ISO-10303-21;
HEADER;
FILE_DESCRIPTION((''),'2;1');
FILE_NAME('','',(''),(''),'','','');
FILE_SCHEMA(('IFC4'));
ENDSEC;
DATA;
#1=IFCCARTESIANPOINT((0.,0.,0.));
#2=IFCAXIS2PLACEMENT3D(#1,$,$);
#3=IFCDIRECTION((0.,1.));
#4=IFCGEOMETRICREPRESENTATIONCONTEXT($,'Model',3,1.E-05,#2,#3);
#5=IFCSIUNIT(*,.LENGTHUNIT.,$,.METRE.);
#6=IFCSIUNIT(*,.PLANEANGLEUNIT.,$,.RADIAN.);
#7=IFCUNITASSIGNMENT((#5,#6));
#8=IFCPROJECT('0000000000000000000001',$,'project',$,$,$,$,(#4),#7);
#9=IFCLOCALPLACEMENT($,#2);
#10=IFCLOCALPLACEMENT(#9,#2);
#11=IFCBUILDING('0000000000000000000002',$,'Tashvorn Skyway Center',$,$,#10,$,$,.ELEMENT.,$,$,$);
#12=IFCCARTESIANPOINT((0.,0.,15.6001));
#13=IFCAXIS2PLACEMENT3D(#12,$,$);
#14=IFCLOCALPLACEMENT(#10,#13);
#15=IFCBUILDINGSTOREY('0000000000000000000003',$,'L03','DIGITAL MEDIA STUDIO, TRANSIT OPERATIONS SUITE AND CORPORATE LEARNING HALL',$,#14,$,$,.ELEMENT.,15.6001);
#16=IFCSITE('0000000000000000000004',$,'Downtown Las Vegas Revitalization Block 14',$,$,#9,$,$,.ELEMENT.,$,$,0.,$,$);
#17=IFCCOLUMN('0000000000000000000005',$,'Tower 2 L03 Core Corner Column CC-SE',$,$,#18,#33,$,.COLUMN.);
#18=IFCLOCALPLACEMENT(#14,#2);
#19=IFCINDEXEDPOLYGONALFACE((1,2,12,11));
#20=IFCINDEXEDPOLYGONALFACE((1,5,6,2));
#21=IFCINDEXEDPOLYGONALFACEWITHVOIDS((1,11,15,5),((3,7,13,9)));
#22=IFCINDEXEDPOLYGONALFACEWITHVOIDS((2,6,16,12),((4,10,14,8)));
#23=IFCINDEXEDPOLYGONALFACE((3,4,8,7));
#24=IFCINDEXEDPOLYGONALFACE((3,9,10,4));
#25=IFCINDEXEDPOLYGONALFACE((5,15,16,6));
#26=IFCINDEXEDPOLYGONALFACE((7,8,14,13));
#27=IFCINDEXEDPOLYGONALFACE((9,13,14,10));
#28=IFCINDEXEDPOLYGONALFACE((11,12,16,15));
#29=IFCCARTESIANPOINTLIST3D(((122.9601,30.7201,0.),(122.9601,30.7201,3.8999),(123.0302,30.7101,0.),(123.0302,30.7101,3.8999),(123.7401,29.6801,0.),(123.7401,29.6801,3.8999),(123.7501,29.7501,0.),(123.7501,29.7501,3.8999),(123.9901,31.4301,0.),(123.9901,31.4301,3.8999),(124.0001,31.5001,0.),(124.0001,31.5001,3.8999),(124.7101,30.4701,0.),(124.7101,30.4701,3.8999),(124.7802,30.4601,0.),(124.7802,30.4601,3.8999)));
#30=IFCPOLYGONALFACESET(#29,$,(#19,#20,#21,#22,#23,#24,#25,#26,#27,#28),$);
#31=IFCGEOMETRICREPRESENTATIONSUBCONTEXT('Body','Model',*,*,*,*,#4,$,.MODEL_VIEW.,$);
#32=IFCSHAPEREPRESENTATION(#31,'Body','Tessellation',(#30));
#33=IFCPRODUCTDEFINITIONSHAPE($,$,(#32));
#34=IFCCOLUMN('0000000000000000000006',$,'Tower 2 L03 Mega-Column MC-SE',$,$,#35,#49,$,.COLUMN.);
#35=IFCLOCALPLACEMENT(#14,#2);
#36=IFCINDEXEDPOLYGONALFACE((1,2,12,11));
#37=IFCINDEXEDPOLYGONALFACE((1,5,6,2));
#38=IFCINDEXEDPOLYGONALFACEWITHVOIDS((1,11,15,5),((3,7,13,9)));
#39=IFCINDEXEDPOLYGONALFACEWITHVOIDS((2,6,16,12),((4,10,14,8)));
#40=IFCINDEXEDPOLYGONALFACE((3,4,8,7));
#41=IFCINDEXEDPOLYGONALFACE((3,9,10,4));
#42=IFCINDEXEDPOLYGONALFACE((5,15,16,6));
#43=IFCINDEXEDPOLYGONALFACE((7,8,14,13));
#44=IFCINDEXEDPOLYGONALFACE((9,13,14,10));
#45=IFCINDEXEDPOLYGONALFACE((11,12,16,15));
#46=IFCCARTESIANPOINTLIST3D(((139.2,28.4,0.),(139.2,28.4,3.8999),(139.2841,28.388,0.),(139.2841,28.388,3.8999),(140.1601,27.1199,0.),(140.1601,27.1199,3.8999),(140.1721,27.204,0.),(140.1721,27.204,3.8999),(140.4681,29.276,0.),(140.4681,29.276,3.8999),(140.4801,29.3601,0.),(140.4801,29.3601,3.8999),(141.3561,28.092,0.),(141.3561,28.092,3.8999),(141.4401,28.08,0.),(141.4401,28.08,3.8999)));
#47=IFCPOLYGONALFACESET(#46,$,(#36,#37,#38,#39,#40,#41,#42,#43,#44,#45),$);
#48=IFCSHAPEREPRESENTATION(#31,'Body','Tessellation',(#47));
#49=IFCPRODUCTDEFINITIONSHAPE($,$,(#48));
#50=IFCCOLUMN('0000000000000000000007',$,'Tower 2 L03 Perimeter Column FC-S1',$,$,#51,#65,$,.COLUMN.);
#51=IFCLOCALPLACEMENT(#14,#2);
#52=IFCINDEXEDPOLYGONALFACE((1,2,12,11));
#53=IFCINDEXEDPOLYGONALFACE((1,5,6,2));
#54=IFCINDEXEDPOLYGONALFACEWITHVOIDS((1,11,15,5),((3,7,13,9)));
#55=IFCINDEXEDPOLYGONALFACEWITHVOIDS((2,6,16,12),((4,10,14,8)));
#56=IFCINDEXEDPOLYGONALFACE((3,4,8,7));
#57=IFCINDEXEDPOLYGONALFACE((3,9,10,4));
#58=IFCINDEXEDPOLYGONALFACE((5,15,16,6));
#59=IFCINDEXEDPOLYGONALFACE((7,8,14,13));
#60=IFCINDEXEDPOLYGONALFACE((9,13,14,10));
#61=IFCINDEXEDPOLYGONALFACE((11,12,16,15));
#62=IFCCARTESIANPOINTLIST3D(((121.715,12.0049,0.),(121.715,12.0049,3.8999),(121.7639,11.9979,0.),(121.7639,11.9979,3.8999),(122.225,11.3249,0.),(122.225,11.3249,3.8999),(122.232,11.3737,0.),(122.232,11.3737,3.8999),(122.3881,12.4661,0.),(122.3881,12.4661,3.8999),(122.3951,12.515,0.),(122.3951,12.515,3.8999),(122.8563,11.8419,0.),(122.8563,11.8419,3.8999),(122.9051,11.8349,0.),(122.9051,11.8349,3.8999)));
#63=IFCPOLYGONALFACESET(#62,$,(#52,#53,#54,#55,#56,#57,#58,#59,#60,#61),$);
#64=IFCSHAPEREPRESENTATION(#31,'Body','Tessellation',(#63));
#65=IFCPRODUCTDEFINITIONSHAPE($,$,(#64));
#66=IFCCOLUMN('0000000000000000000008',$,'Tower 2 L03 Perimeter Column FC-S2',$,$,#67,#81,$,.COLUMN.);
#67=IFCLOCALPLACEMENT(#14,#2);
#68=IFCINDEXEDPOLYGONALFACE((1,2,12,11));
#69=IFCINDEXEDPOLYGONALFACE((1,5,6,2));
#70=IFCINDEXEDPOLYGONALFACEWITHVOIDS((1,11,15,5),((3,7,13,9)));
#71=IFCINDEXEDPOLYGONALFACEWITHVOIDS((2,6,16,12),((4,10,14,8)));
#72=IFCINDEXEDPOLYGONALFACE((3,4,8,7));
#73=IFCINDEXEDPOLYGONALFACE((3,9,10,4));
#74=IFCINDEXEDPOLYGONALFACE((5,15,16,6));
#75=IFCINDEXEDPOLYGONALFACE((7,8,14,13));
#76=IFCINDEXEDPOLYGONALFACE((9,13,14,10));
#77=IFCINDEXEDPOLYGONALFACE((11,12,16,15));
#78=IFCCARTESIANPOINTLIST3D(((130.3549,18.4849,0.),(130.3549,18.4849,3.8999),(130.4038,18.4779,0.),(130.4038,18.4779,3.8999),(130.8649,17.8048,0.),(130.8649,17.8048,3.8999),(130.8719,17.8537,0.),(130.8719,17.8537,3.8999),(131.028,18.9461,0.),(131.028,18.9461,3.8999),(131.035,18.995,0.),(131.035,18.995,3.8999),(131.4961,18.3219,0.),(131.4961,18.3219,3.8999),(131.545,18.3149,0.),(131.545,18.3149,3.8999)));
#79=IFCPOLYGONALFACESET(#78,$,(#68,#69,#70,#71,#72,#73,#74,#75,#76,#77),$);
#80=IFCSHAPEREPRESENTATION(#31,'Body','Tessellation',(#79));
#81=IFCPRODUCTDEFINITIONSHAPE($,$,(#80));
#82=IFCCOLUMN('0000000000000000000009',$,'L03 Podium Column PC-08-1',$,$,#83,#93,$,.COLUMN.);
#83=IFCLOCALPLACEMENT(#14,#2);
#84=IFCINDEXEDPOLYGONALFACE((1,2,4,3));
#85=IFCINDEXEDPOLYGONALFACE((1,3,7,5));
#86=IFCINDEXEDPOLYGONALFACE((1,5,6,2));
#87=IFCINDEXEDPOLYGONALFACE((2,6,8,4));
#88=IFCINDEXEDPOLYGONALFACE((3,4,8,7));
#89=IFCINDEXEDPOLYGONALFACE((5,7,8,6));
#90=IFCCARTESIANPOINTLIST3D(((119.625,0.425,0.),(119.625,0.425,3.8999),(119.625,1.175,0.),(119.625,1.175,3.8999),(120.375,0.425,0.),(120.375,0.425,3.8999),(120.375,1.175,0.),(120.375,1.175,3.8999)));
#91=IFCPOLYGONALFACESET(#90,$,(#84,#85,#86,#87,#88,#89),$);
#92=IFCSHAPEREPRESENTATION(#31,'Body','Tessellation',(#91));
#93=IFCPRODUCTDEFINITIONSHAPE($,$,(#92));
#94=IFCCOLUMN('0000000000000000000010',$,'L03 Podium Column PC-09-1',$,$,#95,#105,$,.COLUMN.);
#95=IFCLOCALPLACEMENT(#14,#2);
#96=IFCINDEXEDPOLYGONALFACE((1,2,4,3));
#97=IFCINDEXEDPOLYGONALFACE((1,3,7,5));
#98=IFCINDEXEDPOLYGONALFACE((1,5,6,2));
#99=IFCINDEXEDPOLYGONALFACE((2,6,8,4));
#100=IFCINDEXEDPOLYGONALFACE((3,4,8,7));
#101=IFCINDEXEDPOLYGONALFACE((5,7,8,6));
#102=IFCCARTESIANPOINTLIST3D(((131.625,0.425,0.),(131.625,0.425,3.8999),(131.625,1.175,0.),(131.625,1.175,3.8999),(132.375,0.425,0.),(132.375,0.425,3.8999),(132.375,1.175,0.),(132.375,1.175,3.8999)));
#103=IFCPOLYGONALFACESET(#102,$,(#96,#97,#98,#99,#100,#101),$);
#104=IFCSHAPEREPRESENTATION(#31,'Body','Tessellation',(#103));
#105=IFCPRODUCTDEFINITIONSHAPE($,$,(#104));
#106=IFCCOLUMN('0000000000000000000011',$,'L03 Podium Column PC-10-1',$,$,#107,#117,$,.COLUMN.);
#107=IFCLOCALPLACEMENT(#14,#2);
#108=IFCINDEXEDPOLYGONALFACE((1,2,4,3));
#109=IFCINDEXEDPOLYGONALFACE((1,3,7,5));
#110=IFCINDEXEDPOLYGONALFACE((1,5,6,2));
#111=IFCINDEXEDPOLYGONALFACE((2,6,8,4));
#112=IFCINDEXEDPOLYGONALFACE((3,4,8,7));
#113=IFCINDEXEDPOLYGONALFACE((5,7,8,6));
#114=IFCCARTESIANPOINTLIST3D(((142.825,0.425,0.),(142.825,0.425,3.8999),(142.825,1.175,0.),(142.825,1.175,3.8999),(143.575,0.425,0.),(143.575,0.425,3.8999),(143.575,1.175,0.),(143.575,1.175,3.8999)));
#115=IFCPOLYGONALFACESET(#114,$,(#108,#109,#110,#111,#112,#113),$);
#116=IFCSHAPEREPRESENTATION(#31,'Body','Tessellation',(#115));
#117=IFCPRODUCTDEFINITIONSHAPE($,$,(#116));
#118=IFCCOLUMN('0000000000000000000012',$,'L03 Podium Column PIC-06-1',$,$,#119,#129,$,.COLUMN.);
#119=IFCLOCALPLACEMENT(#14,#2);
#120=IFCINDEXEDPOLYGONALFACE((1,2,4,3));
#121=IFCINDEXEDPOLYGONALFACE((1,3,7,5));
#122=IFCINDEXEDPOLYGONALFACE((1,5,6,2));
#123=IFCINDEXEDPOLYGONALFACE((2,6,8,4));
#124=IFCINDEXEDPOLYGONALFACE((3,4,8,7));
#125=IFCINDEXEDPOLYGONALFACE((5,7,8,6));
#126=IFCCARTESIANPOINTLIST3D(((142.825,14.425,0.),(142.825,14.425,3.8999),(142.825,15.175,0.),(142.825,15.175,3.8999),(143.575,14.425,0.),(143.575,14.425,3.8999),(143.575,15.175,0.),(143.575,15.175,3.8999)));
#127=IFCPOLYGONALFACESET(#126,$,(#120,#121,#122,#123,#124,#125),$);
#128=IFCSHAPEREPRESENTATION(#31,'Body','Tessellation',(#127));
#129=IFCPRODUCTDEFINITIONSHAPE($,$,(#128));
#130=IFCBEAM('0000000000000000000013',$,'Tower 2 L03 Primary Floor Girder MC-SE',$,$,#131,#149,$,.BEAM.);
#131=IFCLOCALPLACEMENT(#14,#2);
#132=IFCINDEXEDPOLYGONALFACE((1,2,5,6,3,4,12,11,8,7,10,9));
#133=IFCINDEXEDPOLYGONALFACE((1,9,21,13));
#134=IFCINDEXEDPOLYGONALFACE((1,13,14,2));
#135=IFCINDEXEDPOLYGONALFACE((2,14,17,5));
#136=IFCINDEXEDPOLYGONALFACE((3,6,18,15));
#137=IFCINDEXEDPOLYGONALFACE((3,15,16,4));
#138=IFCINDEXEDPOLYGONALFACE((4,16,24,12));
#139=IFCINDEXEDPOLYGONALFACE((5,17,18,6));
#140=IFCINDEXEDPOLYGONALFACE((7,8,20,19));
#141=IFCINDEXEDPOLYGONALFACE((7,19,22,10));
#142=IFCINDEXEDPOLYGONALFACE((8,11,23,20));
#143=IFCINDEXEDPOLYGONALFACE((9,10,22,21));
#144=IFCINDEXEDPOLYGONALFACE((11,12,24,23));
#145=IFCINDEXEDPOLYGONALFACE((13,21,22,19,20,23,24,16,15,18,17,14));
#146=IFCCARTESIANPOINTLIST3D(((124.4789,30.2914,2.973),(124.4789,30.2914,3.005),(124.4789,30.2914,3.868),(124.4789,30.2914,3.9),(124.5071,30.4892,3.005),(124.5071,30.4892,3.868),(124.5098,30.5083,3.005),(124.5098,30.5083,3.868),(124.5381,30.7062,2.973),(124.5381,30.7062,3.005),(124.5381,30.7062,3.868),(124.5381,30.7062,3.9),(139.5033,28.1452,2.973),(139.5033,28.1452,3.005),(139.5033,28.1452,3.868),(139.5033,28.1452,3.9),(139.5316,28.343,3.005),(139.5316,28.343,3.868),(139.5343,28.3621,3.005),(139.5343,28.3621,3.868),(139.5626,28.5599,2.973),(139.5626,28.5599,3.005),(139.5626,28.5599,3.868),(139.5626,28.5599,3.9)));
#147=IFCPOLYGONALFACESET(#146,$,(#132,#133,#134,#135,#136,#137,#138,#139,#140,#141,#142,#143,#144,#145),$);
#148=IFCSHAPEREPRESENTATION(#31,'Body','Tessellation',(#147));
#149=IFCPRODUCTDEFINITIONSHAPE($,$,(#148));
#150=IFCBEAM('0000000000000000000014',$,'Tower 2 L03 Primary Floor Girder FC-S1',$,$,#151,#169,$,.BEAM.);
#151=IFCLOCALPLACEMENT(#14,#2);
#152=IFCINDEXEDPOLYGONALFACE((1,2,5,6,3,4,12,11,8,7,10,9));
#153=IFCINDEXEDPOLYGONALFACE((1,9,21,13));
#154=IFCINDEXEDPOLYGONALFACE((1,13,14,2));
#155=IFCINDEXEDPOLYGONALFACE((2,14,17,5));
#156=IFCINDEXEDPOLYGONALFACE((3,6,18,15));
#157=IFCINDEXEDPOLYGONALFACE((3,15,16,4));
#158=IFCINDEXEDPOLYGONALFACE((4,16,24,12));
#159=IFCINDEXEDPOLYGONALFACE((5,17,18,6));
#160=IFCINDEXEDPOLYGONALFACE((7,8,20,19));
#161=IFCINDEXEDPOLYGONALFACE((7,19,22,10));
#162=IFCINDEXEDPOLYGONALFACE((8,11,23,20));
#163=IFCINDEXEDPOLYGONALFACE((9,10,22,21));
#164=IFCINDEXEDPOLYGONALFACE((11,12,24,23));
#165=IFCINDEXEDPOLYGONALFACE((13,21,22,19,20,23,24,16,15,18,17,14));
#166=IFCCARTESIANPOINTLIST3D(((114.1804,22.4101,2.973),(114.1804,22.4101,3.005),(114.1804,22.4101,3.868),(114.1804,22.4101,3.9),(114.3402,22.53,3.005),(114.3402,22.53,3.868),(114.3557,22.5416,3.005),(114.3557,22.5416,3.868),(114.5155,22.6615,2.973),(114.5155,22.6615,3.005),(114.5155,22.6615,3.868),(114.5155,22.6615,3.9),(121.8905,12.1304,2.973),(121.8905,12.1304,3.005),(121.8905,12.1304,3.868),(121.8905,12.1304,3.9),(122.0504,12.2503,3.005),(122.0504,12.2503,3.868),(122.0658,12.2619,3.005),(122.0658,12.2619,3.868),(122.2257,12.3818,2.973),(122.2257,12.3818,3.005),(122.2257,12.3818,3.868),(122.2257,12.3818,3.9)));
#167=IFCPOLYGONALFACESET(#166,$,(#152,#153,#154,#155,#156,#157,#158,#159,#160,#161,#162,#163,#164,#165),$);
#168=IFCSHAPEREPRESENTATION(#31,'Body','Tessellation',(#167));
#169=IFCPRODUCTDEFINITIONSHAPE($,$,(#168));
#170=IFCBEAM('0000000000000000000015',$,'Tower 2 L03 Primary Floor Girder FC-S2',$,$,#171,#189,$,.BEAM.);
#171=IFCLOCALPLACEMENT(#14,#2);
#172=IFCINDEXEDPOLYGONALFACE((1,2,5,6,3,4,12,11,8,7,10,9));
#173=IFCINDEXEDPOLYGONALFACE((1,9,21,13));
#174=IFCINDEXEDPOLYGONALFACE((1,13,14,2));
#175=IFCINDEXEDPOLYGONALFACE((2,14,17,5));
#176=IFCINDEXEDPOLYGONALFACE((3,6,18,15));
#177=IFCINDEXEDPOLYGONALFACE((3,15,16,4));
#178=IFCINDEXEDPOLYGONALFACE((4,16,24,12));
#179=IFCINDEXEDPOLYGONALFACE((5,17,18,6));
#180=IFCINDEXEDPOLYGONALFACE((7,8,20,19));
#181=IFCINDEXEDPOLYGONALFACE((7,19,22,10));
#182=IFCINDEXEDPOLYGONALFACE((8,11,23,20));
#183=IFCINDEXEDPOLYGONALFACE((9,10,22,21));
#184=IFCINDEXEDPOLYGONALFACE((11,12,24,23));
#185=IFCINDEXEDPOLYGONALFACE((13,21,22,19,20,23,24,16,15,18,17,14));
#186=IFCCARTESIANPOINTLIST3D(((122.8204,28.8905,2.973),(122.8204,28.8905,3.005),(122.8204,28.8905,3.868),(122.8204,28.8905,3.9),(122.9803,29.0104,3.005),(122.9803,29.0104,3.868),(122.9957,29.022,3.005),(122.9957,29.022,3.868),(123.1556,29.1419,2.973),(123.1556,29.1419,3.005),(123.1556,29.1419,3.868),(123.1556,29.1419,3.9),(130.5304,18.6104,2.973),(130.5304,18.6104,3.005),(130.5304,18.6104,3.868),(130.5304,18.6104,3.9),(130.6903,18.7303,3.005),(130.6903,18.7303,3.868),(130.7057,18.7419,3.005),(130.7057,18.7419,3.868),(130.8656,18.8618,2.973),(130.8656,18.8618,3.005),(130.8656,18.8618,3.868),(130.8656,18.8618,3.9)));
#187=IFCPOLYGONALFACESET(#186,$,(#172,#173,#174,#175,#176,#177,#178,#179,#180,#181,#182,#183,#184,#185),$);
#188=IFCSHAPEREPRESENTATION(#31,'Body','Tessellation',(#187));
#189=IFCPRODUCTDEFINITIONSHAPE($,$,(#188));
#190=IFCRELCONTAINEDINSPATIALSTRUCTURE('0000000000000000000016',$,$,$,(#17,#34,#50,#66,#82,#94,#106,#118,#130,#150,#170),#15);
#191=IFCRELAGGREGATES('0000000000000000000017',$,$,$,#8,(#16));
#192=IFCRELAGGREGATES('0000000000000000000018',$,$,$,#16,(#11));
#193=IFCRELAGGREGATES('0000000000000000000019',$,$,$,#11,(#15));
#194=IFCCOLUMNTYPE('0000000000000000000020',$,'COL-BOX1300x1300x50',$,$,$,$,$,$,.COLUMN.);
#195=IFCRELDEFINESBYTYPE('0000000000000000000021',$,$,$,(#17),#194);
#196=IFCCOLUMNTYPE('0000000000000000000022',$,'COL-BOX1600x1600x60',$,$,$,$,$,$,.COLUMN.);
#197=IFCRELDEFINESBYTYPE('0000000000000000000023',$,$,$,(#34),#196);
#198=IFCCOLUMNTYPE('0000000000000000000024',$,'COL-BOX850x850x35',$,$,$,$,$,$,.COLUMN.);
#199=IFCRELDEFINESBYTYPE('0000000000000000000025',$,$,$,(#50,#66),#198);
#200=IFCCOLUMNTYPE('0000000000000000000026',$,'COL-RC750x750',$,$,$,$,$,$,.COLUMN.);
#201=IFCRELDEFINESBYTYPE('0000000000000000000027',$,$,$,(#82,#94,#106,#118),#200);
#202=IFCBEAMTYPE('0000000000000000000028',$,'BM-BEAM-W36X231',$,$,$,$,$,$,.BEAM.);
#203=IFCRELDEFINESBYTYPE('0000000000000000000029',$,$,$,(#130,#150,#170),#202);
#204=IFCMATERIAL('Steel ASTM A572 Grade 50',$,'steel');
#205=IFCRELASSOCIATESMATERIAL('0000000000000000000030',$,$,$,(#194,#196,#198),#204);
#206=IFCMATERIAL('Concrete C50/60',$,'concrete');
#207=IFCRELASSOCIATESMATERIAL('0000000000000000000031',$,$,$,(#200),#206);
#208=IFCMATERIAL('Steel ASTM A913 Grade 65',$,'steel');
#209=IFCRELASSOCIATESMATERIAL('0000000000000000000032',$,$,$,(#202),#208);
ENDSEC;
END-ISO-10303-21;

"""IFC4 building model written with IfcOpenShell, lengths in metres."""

from ifc_helpers import new_model, si_unit, direction, frame, origin, origin_2d, place, context, subcontext, project, spatial, rectangle, hollow_rectangle, i_section, extrude, material, material_profile, profile_set, type_object, element, save


model = new_model("IFC4")

# Units and contexts
model_context = context("Model", 3, precision=1e-05, world=origin(), true_north=direction((0.0, 1.0)))
body_context = subcontext(model_context, "Body", "Model", "MODEL_VIEW")
ifc_project = project(units=[si_unit("LENGTHUNIT", "METRE"), si_unit("PLANEANGLEUNIT", "RADIAN")], contexts=[model_context])

# Site, building, storey
site_placement = place(None, origin())
site = spatial("IfcSite", under=ifc_project, at=site_placement, Name="Downtown Las Vegas Revitalization Block 14", CompositionType="ELEMENT", RefElevation=0.0)
building_placement = place(site_placement, origin())
building = spatial("IfcBuilding", under=site, at=building_placement, Name="Tashvorn Skyway Center", CompositionType="ELEMENT")
storey_placement = place(building_placement, frame((0.0, 0.0, 15.6001)))
storey = spatial("IfcBuildingStorey", under=building, at=storey_placement, Name="L03", Description="DIGITAL MEDIA STUDIO, TRANSIT OPERATIONS SUITE AND CORPORATE LEARNING HALL", CompositionType="ELEMENT", Elevation=15.6001)

# Columns
ifc_material_1 = material(Name="Steel ASTM A572 Grade 50", Category="steel")
ifc_material_profile_1 = material_profile(ifc_material_1, hollow_rectangle(XDim=1.3, YDim=1.3, WallThickness=0.05, at=origin_2d()), Name="BOX1300x1300x50")
ifc_profile_set_1 = profile_set([ifc_material_profile_1], Name="Steel ASTM A572 Grade 50")
column_type_1 = type_object("IfcColumnType", Name="COL-BOX1300x1300x50", PredefinedType="COLUMN", material=ifc_profile_set_1)
column_1_placement = place(storey_placement, frame((123.8701, 30.5901, 0.0), z_axis=(0.0, 0.0, 1.0), x_axis=(0.8, 0.6, 0.0)))
element("IfcColumn", 1, at=column_1_placement, inside=storey, type_object=column_type_1, Name="Tower 2 L03 Core Corner Column CC-SE", PredefinedType="COLUMN", context=body_context, shape_type="SweptSolid", body=[
    extrude(hollow_rectangle(XDim=1.3, YDim=1.3, WallThickness=0.05, at=origin_2d()), origin(), (0.0, 0.0, 1.0), 3.8999),
])
ifc_material_profile_2 = material_profile(ifc_material_1, hollow_rectangle(XDim=1.6001, YDim=1.6001, WallThickness=0.0601, at=origin_2d()), Name="BOX1600x1600x60")
ifc_profile_set_2 = profile_set([ifc_material_profile_2], Name="Steel ASTM A572 Grade 50")
column_type_2 = type_object("IfcColumnType", Name="COL-BOX1600x1600x60", PredefinedType="COLUMN", material=ifc_profile_set_2)
column_2_placement = place(storey_placement, frame((140.3201, 28.24, 0.0), z_axis=(0.0, 0.0, 1.0), x_axis=(0.8, 0.6, 0.0)))
element("IfcColumn", 2, at=column_2_placement, inside=storey, type_object=column_type_2, Name="Tower 2 L03 Mega-Column MC-SE", PredefinedType="COLUMN", context=body_context, shape_type="SweptSolid", body=[
    extrude(hollow_rectangle(XDim=1.6001, YDim=1.6001, WallThickness=0.0601, at=origin_2d()), origin(), (0.0, 0.0, 1.0), 3.8999),
])
ifc_material_profile_3 = material_profile(ifc_material_1, hollow_rectangle(XDim=0.8501, YDim=0.8501, WallThickness=0.0349, at=origin_2d()), Name="BOX850x850x35")
ifc_profile_set_3 = profile_set([ifc_material_profile_3], Name="Steel ASTM A572 Grade 50")
column_type_3 = type_object("IfcColumnType", Name="COL-BOX850x850x35", PredefinedType="COLUMN", material=ifc_profile_set_3)
for number, where, z_axis, x_axis, name in (
    (3, (122.3101, 11.9199, 0.0), (0.0, 0.0, 1.0), (0.8, 0.6, 0.0), "Tower 2 L03 Perimeter Column FC-S1"),
    (4, (130.95, 18.3999, 0.0), (0.0, 0.0, 1.0), (0.8, 0.6, 0.0), "Tower 2 L03 Perimeter Column FC-S2"),
):
    element("IfcColumn", number, at=place(storey_placement, frame(where, z_axis=z_axis, x_axis=x_axis)), inside=storey, type_object=column_type_3, Name=name, PredefinedType="COLUMN", context=body_context, shape_type="SweptSolid", body=[
        extrude(hollow_rectangle(XDim=0.8501, YDim=0.8501, WallThickness=0.0349, at=origin_2d()), origin(), (0.0, 0.0, 1.0), 3.8999),
    ])
ifc_material_2 = material(Name="Concrete C50/60", Category="concrete")
ifc_material_profile_4 = material_profile(ifc_material_2, rectangle(XDim=0.75, YDim=0.75, at=origin_2d()), Name="RC750x750")
ifc_profile_set_4 = profile_set([ifc_material_profile_4], Name="Concrete C50/60")
column_type_4 = type_object("IfcColumnType", Name="COL-RC750x750", PredefinedType="COLUMN", material=ifc_profile_set_4)
for number, where, z_axis, x_axis, name in (
    (5, (120.0, 0.8, 0.0), (0.0, 0.0, 1.0), (1.0, 0.0, 0.0), "L03 Podium Column PC-08-1"),
    (6, (132.0, 0.8, 0.0), (0.0, 0.0, 1.0), (1.0, 0.0, 0.0), "L03 Podium Column PC-09-1"),
    (7, (143.2, 0.8, 0.0), (0.0, 0.0, 1.0), (1.0, 0.0, 0.0), "L03 Podium Column PC-10-1"),
    (8, (143.2, 14.8, 0.0), (0.0, 0.0, 1.0), (1.0, 0.0, 0.0), "L03 Podium Column PIC-06-1"),
):
    element("IfcColumn", number, at=place(storey_placement, frame(where, z_axis=z_axis, x_axis=x_axis)), inside=storey, type_object=column_type_4, Name=name, PredefinedType="COLUMN", context=body_context, shape_type="SweptSolid", body=[
        extrude(rectangle(XDim=0.75, YDim=0.75, at=origin_2d()), origin(), (0.0, 0.0, 1.0), 3.8999),
    ])

# Beams
ifc_material_3 = material(Name="Steel ASTM A913 Grade 65", Category="steel")
ifc_material_profile_5 = material_profile(ifc_material_3, i_section(OverallWidth=0.4189, OverallDepth=0.927, WebThickness=0.0193, FlangeThickness=0.032, at=origin_2d()), Name="W36X231")
ifc_profile_set_5 = profile_set([ifc_material_profile_5], Name="Steel ASTM A913 Grade 65")
beam_type_1 = type_object("IfcBeamType", Name="BM-BEAM-W36X231", PredefinedType="BEAM", material=ifc_profile_set_5)
beam_1_placement = place(storey_placement, frame((139.533, 28.3525, 3.4365), z_axis=(-0.98995, 0.141415, 0.0), x_axis=(-0.141415, -0.98995, 0.0)))
element("IfcBeam", 9, at=beam_1_placement, inside=storey, type_object=beam_type_1, Name="Tower 2 L03 Primary Floor Girder MC-SE", PredefinedType="BEAM", context=body_context, shape_type="SweptSolid", body=[
    extrude(i_section(OverallWidth=0.4189, OverallDepth=0.927, WebThickness=0.0193, FlangeThickness=0.032, at=origin_2d()), origin(), (0.0, 0.0, 1.0), 15.177),
])
beam_2_placement = place(storey_placement, frame((122.0581, 12.2561, 3.4365), z_axis=(-0.600018, 0.799986, 0.0), x_axis=(-0.799986, -0.600018, 0.0)))
element("IfcBeam", 10, at=beam_2_placement, inside=storey, type_object=beam_type_1, Name="Tower 2 L03 Primary Floor Girder FC-S1", PredefinedType="BEAM", context=body_context, shape_type="SweptSolid", body=[
    extrude(i_section(OverallWidth=0.4189, OverallDepth=0.927, WebThickness=0.0193, FlangeThickness=0.032, at=origin_2d()), origin(), (0.0, 0.0, 1.0), 12.8499),
])
beam_3_placement = place(storey_placement, frame((130.698, 18.7361, 3.4365), z_axis=(-0.599997, 0.800002, 0.0), x_axis=(-0.800002, -0.599997, 0.0)))
element("IfcBeam", 11, at=beam_3_placement, inside=storey, type_object=beam_type_1, Name="Tower 2 L03 Primary Floor Girder FC-S2", PredefinedType="BEAM", context=body_context, shape_type="SweptSolid", body=[
    extrude(i_section(OverallWidth=0.4189, OverallDepth=0.927, WebThickness=0.0193, FlangeThickness=0.032, at=origin_2d()), origin(), (0.0, 0.0, 1.0), 12.8501),
])

save(model, "model.ifc")
